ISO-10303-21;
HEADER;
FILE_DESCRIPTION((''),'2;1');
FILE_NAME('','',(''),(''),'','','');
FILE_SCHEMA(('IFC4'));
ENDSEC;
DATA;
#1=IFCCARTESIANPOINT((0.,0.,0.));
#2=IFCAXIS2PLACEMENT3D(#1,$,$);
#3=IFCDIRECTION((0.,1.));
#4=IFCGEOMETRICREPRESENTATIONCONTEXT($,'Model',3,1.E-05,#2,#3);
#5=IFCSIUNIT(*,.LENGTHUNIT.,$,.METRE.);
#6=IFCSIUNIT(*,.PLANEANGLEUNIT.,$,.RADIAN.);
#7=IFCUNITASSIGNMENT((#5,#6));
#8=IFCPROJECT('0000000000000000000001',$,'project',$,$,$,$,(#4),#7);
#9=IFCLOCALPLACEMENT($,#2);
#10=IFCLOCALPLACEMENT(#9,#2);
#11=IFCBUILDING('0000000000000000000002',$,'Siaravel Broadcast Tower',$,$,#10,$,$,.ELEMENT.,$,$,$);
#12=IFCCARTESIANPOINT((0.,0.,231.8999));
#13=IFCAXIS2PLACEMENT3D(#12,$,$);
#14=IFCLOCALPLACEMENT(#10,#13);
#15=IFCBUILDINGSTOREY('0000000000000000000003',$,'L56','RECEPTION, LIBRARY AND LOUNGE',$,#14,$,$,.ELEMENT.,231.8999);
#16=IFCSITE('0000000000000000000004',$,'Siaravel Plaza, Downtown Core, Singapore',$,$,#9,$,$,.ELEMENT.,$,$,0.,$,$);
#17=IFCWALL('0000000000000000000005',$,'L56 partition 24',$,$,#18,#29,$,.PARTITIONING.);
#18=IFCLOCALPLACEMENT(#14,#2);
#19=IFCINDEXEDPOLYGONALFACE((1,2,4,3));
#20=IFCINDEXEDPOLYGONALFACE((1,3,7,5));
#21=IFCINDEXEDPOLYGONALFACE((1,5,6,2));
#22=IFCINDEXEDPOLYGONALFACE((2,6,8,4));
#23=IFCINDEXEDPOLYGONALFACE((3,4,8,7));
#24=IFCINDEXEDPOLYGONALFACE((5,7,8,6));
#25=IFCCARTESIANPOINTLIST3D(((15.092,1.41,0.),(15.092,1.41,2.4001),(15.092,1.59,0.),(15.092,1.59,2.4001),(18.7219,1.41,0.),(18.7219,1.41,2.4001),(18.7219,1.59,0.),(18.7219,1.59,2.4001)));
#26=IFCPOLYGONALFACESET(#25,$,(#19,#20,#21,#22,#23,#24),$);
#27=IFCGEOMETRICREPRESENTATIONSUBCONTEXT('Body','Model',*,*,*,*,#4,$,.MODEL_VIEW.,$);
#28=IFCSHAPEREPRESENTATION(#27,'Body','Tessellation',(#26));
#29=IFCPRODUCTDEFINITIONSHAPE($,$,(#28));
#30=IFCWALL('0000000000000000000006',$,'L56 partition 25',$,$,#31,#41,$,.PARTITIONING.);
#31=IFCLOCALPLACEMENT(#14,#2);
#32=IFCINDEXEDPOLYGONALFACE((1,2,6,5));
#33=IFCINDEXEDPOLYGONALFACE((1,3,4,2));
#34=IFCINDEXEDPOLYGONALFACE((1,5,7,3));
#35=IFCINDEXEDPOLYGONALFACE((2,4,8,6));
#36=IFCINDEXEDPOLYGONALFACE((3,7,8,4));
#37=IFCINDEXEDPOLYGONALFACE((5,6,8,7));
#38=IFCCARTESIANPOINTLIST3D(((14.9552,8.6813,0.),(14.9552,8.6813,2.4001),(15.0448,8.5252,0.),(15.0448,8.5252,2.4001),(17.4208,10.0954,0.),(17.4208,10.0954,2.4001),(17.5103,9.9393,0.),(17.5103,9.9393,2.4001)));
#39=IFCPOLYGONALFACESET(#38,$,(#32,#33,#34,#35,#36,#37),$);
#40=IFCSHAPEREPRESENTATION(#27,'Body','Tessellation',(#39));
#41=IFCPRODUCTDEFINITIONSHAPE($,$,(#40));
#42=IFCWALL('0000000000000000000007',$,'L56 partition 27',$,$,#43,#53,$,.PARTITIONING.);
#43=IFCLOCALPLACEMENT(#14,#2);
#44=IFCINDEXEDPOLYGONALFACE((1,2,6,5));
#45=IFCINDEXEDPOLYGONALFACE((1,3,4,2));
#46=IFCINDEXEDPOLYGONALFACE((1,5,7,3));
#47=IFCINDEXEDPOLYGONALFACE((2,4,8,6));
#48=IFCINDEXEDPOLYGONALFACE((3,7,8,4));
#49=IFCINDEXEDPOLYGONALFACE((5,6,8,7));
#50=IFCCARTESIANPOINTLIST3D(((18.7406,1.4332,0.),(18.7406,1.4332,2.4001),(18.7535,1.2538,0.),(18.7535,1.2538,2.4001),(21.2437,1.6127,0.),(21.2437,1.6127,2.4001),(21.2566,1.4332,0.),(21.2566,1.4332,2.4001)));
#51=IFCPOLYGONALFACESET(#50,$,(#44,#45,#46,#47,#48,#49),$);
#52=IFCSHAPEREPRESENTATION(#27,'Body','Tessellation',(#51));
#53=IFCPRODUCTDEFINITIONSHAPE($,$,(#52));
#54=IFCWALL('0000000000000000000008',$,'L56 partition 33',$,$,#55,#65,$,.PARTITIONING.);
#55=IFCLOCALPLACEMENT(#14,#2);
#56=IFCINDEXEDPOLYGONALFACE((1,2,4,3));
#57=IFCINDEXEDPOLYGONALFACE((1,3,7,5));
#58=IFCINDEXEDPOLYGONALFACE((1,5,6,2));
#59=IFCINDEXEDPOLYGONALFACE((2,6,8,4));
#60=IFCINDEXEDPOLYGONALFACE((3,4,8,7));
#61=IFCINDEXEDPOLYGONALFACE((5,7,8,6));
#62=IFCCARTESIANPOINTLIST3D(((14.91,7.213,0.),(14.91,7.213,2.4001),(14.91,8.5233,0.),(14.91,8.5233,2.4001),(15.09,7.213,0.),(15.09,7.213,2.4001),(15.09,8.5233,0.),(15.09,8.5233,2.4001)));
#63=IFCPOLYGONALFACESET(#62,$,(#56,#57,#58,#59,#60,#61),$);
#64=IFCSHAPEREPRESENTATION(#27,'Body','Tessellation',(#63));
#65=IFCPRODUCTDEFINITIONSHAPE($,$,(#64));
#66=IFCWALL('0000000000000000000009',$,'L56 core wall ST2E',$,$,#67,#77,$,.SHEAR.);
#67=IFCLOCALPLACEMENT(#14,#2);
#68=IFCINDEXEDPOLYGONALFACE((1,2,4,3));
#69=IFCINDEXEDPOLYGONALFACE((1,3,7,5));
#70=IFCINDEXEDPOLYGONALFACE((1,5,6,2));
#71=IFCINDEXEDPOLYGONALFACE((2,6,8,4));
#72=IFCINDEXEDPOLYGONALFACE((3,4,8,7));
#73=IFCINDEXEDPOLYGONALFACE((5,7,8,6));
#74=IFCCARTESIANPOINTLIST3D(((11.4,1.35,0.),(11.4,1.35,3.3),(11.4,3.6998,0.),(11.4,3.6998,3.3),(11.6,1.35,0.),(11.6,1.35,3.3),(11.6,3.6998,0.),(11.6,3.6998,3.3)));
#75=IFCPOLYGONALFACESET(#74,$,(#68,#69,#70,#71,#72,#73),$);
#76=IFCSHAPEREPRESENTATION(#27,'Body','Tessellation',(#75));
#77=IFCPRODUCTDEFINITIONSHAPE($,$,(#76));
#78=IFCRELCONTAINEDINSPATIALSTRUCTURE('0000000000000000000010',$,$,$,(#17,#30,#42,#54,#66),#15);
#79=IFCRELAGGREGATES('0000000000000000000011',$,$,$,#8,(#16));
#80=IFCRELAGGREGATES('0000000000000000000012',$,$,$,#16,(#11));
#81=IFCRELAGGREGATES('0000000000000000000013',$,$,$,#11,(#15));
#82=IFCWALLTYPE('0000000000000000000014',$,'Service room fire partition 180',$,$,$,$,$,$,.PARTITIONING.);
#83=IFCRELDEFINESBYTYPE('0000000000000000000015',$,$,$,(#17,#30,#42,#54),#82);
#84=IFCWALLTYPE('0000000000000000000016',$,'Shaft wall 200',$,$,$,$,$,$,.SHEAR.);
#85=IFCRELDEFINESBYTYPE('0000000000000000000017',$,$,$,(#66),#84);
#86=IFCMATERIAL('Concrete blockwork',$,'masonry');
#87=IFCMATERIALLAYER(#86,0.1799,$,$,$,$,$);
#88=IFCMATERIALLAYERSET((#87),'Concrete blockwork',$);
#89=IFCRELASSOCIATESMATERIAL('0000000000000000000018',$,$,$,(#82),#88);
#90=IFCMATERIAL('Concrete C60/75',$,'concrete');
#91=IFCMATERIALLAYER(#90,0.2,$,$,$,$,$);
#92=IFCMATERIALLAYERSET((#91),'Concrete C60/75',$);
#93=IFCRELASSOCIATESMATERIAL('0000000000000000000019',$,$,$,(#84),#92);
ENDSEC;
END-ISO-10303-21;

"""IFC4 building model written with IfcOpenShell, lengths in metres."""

from ifc_helpers import new_model, si_unit, direction, frame, frame_2d, origin, place, context, subcontext, project, spatial, rectangle, extrude, material, layer, layer_set, type_object, element, save


model = new_model("IFC4")

# Units and contexts
model_context = context("Model", 3, precision=1e-05, world=origin(), true_north=direction((0.0, 1.0)))
body_context = subcontext(model_context, "Body", "Model", "MODEL_VIEW")
ifc_project = project(units=[si_unit("LENGTHUNIT", "METRE"), si_unit("PLANEANGLEUNIT", "RADIAN")], contexts=[model_context])

# Site, building, storey
site_placement = place(None, origin())
site = spatial("IfcSite", under=ifc_project, at=site_placement, Name="Siaravel Plaza, Downtown Core, Singapore", CompositionType="ELEMENT", RefElevation=0.0)
building_placement = place(site_placement, origin())
building = spatial("IfcBuilding", under=site, at=building_placement, Name="Siaravel Broadcast Tower", CompositionType="ELEMENT")
storey_placement = place(building_placement, frame((0.0, 0.0, 231.8999)))
storey = spatial("IfcBuildingStorey", under=building, at=storey_placement, Name="L56", Description="RECEPTION, LIBRARY AND LOUNGE", CompositionType="ELEMENT", Elevation=231.8999)

# Shared definitions
ifc_material_1 = material(Name="Concrete blockwork", Category="masonry")
ifc_layer_1 = layer(ifc_material_1, 0.1799)
ifc_layer_set_1 = layer_set([ifc_layer_1], Name="Concrete blockwork")
wall_type_1 = type_object("IfcWallType", Name="Service room fire partition 180", PredefinedType="PARTITIONING", material=ifc_layer_set_1)

# Walls
wall_1_placement = place(storey_placement, frame((18.7219, 1.5, 0.0), z_axis=(0.0, 0.0, 1.0), x_axis=(-1.0, 0.0, 0.0)))
element("IfcWall", 1, at=wall_1_placement, inside=storey, type_object=wall_type_1, Name="L56 partition 24", PredefinedType="PARTITIONING", context=body_context, shape_type="SweptSolid", body=[
    extrude(rectangle(XDim=3.6299, YDim=0.1799, at=frame_2d((1.8149, 0.0))), origin(), (0.0, 0.0, 1.0), 2.4001),
])
wall_2_placement = place(storey_placement, frame((17.4656, 10.0173, 0.0), z_axis=(0.0, 0.0, 1.0), x_axis=(-0.86746, -0.497507, 0.0)))
element("IfcWall", 2, at=wall_2_placement, inside=storey, type_object=wall_type_1, Name="L56 partition 25", PredefinedType="PARTITIONING", context=body_context, shape_type="SweptSolid", body=[
    extrude(rectangle(XDim=2.8423, YDim=0.1799, at=frame_2d((1.4211, 0.0))), origin(), (0.0, 0.0, 1.0), 2.4001),
])
wall_3_placement = place(storey_placement, frame((21.2502, 1.5229, 0.0), z_axis=(0.0, 0.0, 1.0), x_axis=(-0.99744, -0.071503, 0.0)))
element("IfcWall", 3, at=wall_3_placement, inside=storey, type_object=wall_type_1, Name="L56 partition 27", PredefinedType="PARTITIONING", context=body_context, shape_type="SweptSolid", body=[
    extrude(rectangle(XDim=2.5095, YDim=0.1799, at=frame_2d((1.2549, 0.0))), origin(), (0.0, 0.0, 1.0), 2.4001),
])
wall_4_placement = place(storey_placement, frame((15.0, 7.2129, 0.0), z_axis=(0.0, 0.0, 1.0), x_axis=(0.0, 1.0, 0.0)))
element("IfcWall", 4, at=wall_4_placement, inside=storey, type_object=wall_type_1, Name="L56 partition 33", PredefinedType="PARTITIONING", context=body_context, shape_type="SweptSolid", body=[
    extrude(rectangle(XDim=1.3103, YDim=0.1799, at=frame_2d((0.6553, 0.0))), origin(), (0.0, 0.0, 1.0), 2.4001),
])
ifc_material_2 = material(Name="Concrete C60/75", Category="concrete")
ifc_layer_2 = layer(ifc_material_2, 0.2)
ifc_layer_set_2 = layer_set([ifc_layer_2], Name="Concrete C60/75")
wall_type_2 = type_object("IfcWallType", Name="Shaft wall 200", PredefinedType="SHEAR", material=ifc_layer_set_2)
wall_5_placement = place(storey_placement, frame((11.5, 1.3501, 0.0), z_axis=(0.0, 0.0, 1.0), x_axis=(0.0, 1.0, 0.0)))
element("IfcWall", 5, at=wall_5_placement, inside=storey, type_object=wall_type_2, Name="L56 core wall ST2E", PredefinedType="SHEAR", context=body_context, shape_type="SweptSolid", body=[
    extrude(rectangle(XDim=2.3499, YDim=0.2, at=frame_2d((1.1748, 0.0))), origin(), (0.0, 0.0, 1.0), 3.3),
])

save(model, "model.ifc")
